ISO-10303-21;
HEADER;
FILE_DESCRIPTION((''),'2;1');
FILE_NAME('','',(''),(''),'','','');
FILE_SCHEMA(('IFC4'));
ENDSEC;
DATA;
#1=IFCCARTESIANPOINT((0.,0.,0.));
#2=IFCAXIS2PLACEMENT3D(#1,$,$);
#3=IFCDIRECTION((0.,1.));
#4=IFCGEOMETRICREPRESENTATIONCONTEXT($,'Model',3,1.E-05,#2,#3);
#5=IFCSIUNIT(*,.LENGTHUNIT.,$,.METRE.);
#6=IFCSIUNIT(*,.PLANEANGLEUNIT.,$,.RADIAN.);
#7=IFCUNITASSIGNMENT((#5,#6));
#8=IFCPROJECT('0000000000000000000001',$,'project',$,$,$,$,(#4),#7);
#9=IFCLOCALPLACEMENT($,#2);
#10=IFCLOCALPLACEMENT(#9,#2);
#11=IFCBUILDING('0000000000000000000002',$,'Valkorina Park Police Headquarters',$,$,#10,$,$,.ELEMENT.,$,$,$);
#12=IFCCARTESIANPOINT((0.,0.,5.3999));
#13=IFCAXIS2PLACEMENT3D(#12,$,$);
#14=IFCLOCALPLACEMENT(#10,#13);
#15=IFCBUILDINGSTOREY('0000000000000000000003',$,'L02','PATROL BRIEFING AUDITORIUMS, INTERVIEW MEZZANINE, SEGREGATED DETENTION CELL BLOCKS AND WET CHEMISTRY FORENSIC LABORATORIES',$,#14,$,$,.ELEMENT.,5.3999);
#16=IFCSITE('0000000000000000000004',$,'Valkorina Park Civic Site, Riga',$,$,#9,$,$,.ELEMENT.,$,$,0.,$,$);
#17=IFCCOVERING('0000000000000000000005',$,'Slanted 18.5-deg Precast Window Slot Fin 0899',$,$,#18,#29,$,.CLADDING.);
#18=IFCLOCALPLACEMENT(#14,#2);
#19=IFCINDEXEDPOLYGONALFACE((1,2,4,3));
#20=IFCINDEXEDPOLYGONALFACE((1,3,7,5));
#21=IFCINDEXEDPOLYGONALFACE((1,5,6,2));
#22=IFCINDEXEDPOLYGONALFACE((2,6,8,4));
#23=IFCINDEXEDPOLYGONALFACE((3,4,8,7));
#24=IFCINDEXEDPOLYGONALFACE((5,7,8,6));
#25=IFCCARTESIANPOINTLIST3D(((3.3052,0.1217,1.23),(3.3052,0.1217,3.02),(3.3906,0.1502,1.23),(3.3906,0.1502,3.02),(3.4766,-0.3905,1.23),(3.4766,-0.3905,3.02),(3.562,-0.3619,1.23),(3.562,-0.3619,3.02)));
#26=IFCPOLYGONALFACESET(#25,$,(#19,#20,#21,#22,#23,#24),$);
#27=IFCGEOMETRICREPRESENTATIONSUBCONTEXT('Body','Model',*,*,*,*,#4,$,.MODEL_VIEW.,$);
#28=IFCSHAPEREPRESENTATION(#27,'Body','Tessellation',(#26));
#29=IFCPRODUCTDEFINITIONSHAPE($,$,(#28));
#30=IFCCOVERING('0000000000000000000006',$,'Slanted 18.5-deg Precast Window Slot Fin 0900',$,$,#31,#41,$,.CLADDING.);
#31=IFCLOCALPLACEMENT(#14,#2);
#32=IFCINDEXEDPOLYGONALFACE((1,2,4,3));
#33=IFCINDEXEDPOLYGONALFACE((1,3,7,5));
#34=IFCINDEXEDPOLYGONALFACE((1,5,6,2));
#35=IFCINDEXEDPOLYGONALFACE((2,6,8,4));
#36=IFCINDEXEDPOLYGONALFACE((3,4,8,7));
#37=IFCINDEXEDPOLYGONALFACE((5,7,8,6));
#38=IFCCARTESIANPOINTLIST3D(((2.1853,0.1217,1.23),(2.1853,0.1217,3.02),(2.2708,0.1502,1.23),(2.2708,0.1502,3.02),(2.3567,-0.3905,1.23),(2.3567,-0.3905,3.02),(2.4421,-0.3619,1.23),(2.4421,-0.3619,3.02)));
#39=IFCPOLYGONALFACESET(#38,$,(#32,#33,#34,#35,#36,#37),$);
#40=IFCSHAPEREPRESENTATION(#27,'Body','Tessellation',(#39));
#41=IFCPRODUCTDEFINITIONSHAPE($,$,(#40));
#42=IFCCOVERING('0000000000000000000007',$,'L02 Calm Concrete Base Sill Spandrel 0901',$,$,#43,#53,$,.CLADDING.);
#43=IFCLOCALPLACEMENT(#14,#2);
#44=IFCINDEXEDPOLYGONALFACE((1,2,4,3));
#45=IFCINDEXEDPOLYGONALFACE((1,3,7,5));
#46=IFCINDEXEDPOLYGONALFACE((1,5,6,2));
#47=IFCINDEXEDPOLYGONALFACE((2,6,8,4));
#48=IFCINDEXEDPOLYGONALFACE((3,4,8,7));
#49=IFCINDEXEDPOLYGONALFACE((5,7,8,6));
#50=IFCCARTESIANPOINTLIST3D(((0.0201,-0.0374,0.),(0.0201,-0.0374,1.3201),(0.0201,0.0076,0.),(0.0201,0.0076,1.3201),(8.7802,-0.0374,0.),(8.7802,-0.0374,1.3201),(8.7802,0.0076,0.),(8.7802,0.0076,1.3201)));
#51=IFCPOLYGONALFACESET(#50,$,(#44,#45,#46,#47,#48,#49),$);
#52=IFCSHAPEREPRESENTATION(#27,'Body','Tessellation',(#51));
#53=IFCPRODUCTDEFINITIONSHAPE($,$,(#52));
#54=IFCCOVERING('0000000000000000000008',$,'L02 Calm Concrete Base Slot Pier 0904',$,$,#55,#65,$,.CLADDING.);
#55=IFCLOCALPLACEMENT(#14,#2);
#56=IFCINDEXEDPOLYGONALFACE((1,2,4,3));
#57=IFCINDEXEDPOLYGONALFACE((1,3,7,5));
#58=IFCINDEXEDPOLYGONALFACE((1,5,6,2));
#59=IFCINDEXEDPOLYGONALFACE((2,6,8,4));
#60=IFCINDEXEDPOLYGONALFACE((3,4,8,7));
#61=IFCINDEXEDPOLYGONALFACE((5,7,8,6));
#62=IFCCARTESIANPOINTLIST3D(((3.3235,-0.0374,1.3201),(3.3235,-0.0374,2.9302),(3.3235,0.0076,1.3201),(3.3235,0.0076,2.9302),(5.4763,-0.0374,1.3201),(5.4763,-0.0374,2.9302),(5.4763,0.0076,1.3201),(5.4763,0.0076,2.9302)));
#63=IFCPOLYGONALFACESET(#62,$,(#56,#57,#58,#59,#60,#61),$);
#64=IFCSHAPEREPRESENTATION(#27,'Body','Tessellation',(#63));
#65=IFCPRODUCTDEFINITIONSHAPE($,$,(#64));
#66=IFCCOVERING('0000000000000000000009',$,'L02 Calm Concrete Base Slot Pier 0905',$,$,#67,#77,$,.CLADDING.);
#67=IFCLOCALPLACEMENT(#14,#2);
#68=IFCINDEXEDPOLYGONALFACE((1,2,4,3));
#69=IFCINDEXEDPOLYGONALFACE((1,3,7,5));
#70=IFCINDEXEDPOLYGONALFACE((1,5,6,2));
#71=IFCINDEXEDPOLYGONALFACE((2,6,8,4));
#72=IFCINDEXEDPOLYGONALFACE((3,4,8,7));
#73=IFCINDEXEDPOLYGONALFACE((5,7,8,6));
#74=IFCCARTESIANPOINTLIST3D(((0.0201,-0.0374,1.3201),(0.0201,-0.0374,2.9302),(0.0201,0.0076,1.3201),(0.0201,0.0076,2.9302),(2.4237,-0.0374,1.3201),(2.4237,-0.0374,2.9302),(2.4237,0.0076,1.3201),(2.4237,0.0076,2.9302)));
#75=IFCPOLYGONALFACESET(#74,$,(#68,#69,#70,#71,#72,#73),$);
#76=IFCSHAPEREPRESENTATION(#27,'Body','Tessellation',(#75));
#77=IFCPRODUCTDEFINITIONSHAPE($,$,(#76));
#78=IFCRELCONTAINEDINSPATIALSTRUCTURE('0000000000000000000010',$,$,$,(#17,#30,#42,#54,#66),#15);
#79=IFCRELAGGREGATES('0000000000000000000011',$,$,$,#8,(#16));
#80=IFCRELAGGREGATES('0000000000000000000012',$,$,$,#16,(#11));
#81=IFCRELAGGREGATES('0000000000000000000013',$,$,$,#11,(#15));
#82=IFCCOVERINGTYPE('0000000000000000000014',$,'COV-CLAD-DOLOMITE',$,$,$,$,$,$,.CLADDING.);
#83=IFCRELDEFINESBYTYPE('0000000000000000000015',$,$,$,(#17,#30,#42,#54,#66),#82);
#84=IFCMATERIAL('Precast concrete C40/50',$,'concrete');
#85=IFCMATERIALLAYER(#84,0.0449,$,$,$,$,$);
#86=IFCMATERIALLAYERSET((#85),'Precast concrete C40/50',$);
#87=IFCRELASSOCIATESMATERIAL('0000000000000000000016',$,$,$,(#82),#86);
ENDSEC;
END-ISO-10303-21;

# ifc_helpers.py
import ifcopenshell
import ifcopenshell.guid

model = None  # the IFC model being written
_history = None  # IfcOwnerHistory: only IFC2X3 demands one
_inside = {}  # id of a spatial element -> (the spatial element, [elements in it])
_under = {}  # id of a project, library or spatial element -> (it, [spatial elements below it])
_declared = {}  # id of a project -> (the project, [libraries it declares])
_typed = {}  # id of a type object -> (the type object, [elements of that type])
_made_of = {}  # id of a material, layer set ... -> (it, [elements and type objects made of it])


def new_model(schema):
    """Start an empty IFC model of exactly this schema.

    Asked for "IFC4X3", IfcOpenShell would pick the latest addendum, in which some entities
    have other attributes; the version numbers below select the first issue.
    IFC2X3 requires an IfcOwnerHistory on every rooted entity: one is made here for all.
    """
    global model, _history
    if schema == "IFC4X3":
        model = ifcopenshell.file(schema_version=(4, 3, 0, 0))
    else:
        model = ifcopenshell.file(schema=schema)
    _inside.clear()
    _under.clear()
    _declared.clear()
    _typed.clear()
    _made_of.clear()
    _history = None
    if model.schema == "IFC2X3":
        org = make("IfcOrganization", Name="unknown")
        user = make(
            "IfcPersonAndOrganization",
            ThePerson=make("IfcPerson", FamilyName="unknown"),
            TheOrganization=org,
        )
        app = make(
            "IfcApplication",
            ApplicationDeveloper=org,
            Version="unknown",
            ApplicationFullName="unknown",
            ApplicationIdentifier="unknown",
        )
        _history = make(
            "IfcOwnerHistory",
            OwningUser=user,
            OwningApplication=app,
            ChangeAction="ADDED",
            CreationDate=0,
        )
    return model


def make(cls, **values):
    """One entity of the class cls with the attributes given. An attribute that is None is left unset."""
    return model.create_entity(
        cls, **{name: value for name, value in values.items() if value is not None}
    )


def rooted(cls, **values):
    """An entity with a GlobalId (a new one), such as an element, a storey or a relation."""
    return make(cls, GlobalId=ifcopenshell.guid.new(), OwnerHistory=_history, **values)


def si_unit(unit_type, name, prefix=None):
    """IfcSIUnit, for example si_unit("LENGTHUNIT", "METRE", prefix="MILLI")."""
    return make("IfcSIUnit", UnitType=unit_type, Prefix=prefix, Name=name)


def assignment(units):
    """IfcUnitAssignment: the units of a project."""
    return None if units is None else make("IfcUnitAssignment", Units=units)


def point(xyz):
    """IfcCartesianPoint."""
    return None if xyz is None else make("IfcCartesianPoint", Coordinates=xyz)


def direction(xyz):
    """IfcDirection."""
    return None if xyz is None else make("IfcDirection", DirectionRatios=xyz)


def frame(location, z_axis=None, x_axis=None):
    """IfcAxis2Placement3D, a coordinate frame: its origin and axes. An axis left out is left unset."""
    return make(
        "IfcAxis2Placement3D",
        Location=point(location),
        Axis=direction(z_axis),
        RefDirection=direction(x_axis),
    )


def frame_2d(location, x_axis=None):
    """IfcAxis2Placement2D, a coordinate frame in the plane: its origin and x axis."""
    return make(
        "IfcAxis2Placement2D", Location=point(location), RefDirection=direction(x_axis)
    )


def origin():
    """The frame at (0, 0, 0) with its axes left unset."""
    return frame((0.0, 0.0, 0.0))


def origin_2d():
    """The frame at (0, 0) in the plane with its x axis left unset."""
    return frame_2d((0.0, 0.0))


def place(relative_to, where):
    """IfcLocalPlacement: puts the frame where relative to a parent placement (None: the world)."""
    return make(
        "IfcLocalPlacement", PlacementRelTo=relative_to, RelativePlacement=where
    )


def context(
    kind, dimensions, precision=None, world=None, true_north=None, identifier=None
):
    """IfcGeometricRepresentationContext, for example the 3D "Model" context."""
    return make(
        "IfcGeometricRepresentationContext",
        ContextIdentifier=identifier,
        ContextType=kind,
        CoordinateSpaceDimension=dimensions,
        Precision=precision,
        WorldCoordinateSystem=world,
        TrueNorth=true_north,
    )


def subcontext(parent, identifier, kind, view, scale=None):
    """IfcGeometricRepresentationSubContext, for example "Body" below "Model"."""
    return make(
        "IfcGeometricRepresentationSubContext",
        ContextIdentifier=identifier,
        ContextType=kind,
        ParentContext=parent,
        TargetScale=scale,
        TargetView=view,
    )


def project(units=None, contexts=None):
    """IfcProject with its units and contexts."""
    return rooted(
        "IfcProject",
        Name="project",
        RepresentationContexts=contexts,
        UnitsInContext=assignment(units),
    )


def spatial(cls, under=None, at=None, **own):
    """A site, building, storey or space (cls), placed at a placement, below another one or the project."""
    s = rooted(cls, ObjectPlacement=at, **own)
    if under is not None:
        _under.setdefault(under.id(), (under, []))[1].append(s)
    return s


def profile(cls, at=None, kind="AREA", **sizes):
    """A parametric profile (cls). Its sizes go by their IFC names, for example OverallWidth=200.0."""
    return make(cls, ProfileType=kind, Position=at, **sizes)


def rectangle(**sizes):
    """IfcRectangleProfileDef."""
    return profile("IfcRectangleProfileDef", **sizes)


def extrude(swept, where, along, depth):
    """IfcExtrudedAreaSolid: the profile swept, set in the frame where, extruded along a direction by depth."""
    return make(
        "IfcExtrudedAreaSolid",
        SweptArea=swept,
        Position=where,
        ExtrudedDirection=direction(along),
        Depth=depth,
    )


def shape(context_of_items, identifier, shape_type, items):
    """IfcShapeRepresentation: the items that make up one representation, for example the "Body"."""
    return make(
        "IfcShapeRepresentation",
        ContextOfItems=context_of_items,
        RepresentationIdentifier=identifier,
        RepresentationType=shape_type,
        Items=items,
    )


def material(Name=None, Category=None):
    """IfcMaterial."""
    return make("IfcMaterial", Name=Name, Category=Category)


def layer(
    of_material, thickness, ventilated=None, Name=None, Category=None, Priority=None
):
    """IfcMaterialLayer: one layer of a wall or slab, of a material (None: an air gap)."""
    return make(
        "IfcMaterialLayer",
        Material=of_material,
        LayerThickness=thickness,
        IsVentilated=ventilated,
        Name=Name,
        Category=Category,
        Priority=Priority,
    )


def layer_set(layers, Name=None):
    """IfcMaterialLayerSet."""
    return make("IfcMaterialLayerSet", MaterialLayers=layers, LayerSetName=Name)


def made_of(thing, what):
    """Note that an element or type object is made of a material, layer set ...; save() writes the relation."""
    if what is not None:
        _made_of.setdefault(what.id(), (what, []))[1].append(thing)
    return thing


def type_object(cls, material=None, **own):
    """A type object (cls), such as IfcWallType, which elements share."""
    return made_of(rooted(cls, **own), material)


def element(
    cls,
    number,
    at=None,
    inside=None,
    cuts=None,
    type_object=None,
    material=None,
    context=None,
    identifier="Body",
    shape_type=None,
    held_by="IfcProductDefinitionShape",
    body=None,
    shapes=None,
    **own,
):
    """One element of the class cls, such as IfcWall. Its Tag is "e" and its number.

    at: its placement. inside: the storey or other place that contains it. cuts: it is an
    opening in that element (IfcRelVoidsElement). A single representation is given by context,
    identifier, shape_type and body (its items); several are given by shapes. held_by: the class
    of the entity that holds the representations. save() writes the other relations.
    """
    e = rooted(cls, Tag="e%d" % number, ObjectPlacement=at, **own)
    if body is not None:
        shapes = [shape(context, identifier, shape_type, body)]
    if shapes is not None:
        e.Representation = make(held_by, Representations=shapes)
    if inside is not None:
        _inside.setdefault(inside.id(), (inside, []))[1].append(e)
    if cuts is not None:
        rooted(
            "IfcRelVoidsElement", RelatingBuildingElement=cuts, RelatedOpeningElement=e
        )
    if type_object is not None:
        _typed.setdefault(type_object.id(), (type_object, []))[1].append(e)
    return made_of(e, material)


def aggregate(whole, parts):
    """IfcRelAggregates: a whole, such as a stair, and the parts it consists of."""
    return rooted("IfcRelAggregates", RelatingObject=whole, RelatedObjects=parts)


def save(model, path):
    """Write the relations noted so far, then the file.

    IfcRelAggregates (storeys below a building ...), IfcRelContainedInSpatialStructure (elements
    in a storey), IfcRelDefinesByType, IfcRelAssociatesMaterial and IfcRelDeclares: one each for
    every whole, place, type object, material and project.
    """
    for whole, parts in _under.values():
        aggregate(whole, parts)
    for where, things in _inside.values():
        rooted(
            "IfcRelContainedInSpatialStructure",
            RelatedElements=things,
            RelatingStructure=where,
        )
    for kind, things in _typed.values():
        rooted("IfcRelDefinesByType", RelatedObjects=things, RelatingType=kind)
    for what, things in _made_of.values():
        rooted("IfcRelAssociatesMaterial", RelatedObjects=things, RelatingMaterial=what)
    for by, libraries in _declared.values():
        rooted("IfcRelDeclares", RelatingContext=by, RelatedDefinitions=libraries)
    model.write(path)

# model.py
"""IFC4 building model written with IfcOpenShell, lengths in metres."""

from ifc_helpers import new_model, si_unit, direction, frame, frame_2d, origin, origin_2d, place, context, subcontext, project, spatial, rectangle, extrude, material, layer, layer_set, type_object, element, save


model = new_model("IFC4")

# Units and contexts
model_context = context("Model", 3, precision=1e-05, world=origin(), true_north=direction((0.0, 1.0)))
body_context = subcontext(model_context, "Body", "Model", "MODEL_VIEW")
ifc_project = project(units=[si_unit("LENGTHUNIT", "METRE"), si_unit("PLANEANGLEUNIT", "RADIAN")], contexts=[model_context])

# Site, building, storey
site_placement = place(None, origin())
site = spatial("IfcSite", under=ifc_project, at=site_placement, Name="Valkorina Park Civic Site, Riga", CompositionType="ELEMENT", RefElevation=0.0)
building_placement = place(site_placement, origin())
building = spatial("IfcBuilding", under=site, at=building_placement, Name="Valkorina Park Police Headquarters", CompositionType="ELEMENT")
storey_placement = place(building_placement, frame((0.0, 0.0, 5.3999)))
storey = spatial("IfcBuildingStorey", under=building, at=storey_placement, Name="L02", Description="PATROL BRIEFING AUDITORIUMS, INTERVIEW MEZZANINE, SEGREGATED DETENTION CELL BLOCKS AND WET CHEMISTRY FORENSIC LABORATORIES", CompositionType="ELEMENT", Elevation=5.3999)

# Coverings
ifc_material_1 = material(Name="Precast concrete C40/50", Category="concrete")
ifc_layer_1 = layer(ifc_material_1, 0.0449)
ifc_layer_set_1 = layer_set([ifc_layer_1], Name="Precast concrete C40/50")
covering_type_1 = type_object("IfcCoveringType", Name="COV-CLAD-DOLOMITE", PredefinedType="CLADDING", material=ifc_layer_set_1)
for number, where, z_axis, x_axis, name in (
    (1, (3.4336, -0.1201, 1.23), (0.0, 0.0, 1.0), (0.317305, -0.948324, 0.0), "Slanted 18.5-deg Precast Window Slot Fin 0899"),
    (2, (2.3137, -0.1201, 1.23), (0.0, 0.0, 1.0), (0.317305, -0.948324, 0.0), "Slanted 18.5-deg Precast Window Slot Fin 0900"),
):
    element("IfcCovering", number, at=place(storey_placement, frame(where, z_axis=z_axis, x_axis=x_axis)), inside=storey, type_object=covering_type_1, Name=name, PredefinedType="CLADDING", context=body_context, shape_type="SweptSolid", body=[
        extrude(rectangle(XDim=0.54, YDim=0.0901, at=origin_2d()), origin(), (0.0, 0.0, 1.0), 1.79),
    ])
covering_1_placement = place(storey_placement, frame((8.78, -0.0149, 0.0), z_axis=(0.0, 0.0, 1.0), x_axis=(-1.0, 0.0, 0.0)))
element("IfcCovering", 3, at=covering_1_placement, inside=storey, type_object=covering_type_1, Name="L02 Calm Concrete Base Sill Spandrel 0901", PredefinedType="CLADDING", context=body_context, shape_type="SweptSolid", body=[
    extrude(rectangle(XDim=8.76, YDim=0.0449, at=frame_2d((4.3799, 0.0))), origin(), (0.0, 0.0, 1.0), 1.3201),
])
covering_2_placement = place(storey_placement, frame((5.4763, -0.0149, 1.3201), z_axis=(0.0, 0.0, 1.0), x_axis=(-1.0, 0.0, 0.0)))
element("IfcCovering", 4, at=covering_2_placement, inside=storey, type_object=covering_type_1, Name="L02 Calm Concrete Base Slot Pier 0904", PredefinedType="CLADDING", context=body_context, shape_type="SweptSolid", body=[
    extrude(rectangle(XDim=2.1528, YDim=0.0449, at=frame_2d((1.0764, 0.0))), origin(), (0.0, 0.0, 1.0), 1.6101),
])
covering_3_placement = place(storey_placement, frame((2.4236, -0.0149, 1.3201), z_axis=(0.0, 0.0, 1.0), x_axis=(-1.0, 0.0, 0.0)))
element("IfcCovering", 5, at=covering_3_placement, inside=storey, type_object=covering_type_1, Name="L02 Calm Concrete Base Slot Pier 0905", PredefinedType="CLADDING", context=body_context, shape_type="SweptSolid", body=[
    extrude(rectangle(XDim=2.4036, YDim=0.0449, at=frame_2d((1.2017, 0.0))), origin(), (0.0, 0.0, 1.0), 1.6101),
])

save(model, "model.ifc")
